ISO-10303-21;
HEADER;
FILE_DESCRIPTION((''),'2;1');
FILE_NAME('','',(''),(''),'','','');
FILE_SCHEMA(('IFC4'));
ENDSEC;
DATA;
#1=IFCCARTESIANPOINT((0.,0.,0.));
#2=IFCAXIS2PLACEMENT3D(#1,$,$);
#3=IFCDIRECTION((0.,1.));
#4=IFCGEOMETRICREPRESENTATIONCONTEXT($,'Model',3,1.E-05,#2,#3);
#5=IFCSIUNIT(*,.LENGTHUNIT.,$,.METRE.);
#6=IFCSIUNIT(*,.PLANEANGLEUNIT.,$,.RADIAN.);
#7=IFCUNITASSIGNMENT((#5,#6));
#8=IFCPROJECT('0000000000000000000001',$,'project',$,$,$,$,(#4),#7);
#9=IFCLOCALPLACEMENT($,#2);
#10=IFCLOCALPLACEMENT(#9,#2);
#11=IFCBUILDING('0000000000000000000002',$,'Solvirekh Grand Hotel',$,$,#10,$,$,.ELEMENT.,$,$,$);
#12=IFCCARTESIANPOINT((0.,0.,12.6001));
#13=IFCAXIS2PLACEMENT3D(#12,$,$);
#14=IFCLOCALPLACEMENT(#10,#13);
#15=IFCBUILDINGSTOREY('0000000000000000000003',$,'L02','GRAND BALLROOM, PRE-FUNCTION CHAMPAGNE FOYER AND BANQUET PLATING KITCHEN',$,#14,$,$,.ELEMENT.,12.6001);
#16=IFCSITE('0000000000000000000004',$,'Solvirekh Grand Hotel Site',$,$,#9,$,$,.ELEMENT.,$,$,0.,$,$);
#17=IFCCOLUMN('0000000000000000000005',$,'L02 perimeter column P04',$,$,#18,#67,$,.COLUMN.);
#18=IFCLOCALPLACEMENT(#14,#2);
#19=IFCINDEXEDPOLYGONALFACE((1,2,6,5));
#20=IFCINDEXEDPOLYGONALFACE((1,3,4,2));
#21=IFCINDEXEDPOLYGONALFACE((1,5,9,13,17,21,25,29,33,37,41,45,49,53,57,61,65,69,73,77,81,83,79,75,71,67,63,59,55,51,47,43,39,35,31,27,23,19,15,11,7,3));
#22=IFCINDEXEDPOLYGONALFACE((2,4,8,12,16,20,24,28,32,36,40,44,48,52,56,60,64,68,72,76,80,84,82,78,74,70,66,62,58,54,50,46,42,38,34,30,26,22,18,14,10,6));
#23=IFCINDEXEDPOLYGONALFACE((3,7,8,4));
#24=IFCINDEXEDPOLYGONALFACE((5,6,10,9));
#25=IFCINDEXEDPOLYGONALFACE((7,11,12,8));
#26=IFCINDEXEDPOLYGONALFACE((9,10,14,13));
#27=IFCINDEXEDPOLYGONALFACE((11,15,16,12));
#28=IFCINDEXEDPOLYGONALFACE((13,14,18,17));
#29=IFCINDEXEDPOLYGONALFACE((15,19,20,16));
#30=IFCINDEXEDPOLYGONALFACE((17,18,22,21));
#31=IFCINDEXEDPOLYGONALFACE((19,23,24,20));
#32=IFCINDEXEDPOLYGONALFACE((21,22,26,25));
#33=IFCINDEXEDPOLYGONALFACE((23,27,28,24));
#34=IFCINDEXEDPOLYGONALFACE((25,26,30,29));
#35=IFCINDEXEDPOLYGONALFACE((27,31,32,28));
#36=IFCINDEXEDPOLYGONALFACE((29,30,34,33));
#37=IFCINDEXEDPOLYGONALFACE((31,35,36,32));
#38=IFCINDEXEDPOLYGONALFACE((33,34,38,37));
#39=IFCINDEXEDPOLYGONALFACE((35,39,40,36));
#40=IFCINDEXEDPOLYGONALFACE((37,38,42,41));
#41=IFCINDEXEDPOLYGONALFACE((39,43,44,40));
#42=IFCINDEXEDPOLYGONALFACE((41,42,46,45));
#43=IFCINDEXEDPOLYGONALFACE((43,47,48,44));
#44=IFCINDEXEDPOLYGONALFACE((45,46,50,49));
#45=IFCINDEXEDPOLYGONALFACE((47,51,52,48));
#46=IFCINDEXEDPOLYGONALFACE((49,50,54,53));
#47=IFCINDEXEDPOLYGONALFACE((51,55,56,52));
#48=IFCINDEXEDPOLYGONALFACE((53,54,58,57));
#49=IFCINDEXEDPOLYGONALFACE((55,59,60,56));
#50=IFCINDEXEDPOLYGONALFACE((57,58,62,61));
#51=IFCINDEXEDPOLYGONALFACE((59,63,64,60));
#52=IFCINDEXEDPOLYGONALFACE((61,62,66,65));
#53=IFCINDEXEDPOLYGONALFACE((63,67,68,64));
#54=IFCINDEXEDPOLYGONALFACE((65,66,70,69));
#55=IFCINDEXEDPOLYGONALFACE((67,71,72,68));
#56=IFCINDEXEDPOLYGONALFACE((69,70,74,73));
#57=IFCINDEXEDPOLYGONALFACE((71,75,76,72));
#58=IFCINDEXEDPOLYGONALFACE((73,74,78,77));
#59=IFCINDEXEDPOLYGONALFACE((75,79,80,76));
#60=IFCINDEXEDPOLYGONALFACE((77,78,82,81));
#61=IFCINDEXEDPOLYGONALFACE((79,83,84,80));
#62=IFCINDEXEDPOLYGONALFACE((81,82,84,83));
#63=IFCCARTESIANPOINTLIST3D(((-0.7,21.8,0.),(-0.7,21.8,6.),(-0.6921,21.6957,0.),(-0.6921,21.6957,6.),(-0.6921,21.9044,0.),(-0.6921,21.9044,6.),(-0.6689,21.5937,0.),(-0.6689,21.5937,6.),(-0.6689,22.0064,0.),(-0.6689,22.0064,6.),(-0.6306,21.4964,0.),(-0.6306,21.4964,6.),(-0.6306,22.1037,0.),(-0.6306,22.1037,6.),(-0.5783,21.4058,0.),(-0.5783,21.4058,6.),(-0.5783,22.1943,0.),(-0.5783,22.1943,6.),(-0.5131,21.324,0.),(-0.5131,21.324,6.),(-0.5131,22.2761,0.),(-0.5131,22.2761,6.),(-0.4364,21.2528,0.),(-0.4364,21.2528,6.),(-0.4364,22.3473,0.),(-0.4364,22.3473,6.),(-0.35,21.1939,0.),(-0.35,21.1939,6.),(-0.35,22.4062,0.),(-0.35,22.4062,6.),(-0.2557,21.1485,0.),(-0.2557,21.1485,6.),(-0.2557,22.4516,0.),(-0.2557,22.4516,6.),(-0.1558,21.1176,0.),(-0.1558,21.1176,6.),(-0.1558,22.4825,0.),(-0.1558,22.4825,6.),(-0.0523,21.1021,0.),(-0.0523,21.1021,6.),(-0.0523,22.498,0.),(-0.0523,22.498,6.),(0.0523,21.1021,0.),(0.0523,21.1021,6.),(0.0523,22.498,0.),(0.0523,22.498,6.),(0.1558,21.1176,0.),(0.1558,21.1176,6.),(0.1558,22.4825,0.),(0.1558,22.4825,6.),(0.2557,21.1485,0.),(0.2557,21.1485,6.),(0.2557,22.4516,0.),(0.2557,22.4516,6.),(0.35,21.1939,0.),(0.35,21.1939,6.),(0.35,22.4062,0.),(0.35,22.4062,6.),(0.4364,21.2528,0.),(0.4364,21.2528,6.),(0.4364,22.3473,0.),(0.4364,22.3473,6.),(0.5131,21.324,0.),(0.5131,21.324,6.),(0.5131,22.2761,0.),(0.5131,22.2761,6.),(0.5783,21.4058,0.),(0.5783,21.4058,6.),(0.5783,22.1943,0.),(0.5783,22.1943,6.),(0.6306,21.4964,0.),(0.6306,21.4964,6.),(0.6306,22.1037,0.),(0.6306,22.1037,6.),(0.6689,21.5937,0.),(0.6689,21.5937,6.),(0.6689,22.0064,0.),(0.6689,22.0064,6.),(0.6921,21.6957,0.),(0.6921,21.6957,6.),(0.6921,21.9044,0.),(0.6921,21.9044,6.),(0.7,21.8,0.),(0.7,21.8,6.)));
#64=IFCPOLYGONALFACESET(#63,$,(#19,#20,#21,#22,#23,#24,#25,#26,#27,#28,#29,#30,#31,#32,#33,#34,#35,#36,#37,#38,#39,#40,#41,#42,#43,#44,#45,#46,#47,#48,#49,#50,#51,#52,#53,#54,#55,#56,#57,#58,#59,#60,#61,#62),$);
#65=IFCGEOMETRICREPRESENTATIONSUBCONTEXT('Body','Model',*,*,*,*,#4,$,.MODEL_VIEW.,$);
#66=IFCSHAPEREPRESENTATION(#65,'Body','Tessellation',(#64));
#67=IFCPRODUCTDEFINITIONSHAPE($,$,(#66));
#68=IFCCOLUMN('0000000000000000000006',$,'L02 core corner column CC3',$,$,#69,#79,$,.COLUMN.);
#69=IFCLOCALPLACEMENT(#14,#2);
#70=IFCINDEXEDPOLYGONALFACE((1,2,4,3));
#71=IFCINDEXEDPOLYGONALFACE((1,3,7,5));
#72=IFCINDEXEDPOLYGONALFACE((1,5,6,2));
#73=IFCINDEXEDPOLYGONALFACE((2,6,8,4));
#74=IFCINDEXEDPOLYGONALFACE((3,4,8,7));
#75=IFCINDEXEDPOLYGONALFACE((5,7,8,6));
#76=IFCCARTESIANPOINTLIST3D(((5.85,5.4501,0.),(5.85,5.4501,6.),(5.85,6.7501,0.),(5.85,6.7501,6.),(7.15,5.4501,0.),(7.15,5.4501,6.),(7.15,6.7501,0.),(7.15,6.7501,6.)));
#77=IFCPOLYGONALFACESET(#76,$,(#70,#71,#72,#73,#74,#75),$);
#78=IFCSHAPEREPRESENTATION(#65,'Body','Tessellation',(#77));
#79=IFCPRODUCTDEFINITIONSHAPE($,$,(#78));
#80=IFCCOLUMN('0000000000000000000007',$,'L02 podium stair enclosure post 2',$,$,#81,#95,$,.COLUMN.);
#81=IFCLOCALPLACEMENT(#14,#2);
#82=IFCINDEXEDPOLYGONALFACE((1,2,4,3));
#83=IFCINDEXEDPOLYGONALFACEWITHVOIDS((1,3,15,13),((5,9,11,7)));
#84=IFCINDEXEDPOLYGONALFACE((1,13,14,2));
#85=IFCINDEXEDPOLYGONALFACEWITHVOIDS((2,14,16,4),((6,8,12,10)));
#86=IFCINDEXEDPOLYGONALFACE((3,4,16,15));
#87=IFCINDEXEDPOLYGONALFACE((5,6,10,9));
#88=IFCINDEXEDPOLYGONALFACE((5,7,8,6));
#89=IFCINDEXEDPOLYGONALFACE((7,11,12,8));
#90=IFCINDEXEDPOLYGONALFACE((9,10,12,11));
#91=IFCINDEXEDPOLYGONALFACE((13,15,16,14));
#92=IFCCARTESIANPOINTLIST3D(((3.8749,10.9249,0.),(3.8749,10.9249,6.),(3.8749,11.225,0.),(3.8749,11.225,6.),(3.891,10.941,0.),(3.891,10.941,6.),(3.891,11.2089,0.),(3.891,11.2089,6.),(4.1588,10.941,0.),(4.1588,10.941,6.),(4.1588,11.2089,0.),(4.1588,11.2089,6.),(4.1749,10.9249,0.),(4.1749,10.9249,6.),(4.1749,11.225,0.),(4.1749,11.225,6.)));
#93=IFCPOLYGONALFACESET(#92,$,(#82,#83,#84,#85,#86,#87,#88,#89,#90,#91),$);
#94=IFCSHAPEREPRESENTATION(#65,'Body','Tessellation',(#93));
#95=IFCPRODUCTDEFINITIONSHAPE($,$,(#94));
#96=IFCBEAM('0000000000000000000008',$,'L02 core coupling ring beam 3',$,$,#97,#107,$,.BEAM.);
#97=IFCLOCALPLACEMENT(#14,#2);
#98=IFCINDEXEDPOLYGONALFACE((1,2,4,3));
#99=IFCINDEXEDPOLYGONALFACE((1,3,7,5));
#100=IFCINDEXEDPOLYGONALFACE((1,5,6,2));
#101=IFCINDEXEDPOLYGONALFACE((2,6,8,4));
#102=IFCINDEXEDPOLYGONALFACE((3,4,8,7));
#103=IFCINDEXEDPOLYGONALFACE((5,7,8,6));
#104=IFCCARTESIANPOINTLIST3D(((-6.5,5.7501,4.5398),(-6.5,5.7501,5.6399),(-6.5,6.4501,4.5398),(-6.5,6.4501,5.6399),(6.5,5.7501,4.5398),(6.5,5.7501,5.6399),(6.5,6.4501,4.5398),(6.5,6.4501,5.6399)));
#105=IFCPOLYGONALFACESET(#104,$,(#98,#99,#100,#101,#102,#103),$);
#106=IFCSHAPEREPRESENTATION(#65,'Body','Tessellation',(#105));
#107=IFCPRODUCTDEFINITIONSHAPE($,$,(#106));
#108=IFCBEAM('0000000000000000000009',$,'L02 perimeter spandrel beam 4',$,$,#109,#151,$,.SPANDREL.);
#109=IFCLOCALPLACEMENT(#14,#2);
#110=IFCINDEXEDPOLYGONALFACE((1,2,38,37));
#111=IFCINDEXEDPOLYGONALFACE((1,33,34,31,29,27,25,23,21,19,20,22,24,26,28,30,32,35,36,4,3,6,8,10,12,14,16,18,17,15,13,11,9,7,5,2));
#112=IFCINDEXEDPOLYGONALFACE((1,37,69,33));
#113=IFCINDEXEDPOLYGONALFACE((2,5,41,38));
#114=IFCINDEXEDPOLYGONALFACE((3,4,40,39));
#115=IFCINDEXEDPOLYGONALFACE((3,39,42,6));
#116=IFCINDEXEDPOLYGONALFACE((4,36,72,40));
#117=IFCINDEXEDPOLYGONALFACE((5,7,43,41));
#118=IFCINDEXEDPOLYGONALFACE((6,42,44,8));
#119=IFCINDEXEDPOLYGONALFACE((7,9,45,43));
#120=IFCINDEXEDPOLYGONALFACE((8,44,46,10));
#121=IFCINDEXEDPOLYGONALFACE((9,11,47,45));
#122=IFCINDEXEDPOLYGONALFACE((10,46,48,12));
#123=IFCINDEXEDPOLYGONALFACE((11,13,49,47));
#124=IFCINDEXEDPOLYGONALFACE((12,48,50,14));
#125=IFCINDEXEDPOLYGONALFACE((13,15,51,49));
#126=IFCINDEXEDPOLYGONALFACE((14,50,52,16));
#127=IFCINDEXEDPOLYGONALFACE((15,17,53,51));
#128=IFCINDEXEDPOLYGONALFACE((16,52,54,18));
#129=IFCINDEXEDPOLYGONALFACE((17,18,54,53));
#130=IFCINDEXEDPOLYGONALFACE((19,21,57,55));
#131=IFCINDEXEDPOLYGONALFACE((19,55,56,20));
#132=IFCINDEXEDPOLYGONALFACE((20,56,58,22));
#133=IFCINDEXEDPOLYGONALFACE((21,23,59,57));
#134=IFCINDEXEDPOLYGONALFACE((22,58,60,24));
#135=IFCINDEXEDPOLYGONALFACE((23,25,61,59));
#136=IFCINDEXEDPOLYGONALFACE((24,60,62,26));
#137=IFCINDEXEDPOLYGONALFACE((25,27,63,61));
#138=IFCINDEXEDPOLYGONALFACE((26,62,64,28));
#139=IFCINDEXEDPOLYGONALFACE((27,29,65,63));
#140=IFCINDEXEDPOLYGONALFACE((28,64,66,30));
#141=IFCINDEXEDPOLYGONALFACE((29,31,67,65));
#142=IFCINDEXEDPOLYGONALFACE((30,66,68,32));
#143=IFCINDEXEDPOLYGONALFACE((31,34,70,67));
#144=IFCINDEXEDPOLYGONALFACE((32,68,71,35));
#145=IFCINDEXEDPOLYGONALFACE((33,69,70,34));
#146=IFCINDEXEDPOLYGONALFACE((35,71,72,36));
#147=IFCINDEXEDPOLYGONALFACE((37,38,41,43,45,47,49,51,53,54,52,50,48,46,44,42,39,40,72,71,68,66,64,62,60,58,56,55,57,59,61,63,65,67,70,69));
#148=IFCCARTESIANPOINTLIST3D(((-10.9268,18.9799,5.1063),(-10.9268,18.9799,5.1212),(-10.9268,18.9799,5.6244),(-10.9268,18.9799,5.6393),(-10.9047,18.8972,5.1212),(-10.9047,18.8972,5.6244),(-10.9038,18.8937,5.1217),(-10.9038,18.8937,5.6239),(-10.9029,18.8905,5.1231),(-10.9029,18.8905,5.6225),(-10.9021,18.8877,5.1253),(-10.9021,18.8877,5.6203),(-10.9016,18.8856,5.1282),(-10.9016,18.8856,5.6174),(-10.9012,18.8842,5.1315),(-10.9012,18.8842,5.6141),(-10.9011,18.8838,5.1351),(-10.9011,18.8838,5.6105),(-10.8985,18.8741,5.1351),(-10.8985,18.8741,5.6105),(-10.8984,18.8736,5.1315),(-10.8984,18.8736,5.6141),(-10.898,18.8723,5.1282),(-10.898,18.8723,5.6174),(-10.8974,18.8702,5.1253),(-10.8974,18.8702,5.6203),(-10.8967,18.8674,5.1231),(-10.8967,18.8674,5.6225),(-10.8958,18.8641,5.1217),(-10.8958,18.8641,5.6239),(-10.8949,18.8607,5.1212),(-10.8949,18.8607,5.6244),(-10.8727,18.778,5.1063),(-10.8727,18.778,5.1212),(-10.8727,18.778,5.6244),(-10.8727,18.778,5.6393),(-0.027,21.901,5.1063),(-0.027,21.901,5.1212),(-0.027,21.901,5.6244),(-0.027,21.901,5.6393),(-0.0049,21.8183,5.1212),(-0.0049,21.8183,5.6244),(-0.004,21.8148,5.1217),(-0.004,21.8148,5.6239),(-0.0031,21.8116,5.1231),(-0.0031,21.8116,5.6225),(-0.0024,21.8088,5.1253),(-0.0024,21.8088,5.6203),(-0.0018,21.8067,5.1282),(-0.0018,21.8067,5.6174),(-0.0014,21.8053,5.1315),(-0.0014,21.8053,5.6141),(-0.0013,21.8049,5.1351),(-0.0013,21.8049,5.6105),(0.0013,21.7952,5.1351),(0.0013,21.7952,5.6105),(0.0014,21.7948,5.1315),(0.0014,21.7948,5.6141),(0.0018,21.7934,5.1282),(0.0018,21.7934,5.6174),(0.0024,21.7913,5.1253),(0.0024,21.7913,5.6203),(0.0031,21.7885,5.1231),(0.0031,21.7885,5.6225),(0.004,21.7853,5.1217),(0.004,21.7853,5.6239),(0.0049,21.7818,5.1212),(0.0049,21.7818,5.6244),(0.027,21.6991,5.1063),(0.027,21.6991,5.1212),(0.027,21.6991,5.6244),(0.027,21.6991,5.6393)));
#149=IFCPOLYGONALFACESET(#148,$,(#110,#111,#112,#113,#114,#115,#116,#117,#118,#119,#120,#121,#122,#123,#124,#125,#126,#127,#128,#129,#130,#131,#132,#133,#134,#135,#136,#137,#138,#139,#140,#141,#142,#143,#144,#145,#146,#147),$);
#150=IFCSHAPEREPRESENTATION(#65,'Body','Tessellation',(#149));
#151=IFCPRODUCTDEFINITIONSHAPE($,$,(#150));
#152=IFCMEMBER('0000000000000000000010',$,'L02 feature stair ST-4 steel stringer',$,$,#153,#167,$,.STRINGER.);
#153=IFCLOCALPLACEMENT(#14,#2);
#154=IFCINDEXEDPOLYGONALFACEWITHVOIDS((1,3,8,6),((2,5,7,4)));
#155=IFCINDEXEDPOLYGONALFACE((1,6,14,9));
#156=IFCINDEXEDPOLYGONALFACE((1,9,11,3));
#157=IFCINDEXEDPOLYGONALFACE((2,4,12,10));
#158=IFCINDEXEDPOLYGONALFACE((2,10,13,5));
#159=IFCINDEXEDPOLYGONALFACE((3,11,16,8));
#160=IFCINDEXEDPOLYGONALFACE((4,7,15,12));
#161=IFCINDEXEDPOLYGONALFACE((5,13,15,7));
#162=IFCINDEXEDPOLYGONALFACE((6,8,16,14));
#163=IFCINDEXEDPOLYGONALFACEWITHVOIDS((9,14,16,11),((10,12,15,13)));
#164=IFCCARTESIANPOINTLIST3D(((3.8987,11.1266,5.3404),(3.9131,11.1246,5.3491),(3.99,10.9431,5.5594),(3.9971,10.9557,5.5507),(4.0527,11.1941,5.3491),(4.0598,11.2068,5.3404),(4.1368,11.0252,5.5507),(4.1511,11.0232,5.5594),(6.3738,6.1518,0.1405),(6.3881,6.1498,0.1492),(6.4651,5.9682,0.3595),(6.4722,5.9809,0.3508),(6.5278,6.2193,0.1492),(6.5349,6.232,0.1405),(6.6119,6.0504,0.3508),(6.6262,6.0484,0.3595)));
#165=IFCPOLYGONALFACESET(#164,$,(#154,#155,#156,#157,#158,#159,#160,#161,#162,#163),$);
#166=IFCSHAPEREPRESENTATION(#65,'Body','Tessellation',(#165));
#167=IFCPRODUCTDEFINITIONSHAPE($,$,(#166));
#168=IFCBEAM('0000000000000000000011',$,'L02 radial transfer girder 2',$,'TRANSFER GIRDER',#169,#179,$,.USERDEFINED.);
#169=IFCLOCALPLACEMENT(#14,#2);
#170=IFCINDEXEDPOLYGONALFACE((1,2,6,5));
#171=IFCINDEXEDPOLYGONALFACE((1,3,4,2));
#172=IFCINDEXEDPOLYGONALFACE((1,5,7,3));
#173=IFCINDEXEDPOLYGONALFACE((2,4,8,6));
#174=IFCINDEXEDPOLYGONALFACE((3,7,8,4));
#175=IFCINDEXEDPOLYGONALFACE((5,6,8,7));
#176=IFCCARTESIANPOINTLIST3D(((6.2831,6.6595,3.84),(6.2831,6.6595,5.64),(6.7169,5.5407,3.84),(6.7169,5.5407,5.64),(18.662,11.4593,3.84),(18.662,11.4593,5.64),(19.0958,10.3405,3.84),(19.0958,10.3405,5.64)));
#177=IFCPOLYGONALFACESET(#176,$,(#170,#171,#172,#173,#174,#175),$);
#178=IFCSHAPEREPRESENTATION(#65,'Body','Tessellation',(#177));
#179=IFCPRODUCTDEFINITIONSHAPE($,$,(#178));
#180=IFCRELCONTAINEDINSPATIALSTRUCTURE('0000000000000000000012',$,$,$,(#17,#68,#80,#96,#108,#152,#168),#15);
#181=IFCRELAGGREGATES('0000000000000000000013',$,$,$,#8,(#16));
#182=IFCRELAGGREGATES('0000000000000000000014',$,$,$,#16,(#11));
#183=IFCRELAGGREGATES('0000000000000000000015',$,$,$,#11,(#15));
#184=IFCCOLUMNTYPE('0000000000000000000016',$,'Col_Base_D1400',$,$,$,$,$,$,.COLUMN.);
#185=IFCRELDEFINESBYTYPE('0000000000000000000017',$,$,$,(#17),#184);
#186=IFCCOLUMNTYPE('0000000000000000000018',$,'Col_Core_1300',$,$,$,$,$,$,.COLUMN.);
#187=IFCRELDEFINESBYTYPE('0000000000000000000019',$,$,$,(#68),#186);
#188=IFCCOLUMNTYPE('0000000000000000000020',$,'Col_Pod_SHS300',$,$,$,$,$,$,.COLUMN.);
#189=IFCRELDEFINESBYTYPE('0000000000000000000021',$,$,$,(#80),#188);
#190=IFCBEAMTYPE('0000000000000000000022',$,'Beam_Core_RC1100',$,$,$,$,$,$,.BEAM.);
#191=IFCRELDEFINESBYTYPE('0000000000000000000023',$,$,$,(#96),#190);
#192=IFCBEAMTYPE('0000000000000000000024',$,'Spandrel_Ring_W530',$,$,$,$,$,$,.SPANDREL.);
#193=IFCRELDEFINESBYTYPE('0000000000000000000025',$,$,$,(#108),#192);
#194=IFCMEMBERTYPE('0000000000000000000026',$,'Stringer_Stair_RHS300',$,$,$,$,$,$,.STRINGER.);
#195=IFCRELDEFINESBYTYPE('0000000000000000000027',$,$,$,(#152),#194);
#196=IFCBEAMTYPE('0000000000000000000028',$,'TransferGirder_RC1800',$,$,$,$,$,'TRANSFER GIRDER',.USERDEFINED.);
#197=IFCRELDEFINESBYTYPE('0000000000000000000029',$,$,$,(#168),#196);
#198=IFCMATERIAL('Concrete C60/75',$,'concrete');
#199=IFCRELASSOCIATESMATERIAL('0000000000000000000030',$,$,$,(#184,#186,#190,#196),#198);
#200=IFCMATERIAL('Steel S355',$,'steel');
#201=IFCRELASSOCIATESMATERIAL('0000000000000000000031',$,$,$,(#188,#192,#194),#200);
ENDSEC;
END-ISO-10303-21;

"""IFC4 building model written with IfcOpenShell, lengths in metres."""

from ifc_helpers import new_model, si_unit, direction, frame, origin, origin_2d, place, context, subcontext, project, spatial, rectangle, hollow_rectangle, circle, i_section, extrude, material, material_profile, profile_set, type_object, element, save


model = new_model("IFC4")

# Units and contexts
model_context = context("Model", 3, precision=1e-05, world=origin(), true_north=direction((0.0, 1.0)))
body_context = subcontext(model_context, "Body", "Model", "MODEL_VIEW")
ifc_project = project(units=[si_unit("LENGTHUNIT", "METRE"), si_unit("PLANEANGLEUNIT", "RADIAN")], contexts=[model_context])

# Site, building, storey
site_placement = place(None, origin())
site = spatial("IfcSite", under=ifc_project, at=site_placement, Name="Solvirekh Grand Hotel Site", CompositionType="ELEMENT", RefElevation=0.0)
building_placement = place(site_placement, origin())
building = spatial("IfcBuilding", under=site, at=building_placement, Name="Solvirekh Grand Hotel", CompositionType="ELEMENT")
storey_placement = place(building_placement, frame((0.0, 0.0, 12.6001)))
storey = spatial("IfcBuildingStorey", under=building, at=storey_placement, Name="L02", Description="GRAND BALLROOM, PRE-FUNCTION CHAMPAGNE FOYER AND BANQUET PLATING KITCHEN", CompositionType="ELEMENT", Elevation=12.6001)

# Columns
ifc_material_1 = material(Name="Concrete C60/75", Category="concrete")
ifc_material_profile_1 = material_profile(ifc_material_1, circle(Radius=0.7, at=origin_2d()), Name="RC CIRC D1400")
ifc_profile_set_1 = profile_set([ifc_material_profile_1], Name="Concrete C60/75")
column_type_1 = type_object("IfcColumnType", Name="Col_Base_D1400", PredefinedType="COLUMN", material=ifc_profile_set_1)
column_1_placement = place(storey_placement, frame((0.0, 21.8, 0.0), z_axis=(0.0, 0.0, 1.0), x_axis=(1.0, 0.0, 0.0)))
element("IfcColumn", 1, at=column_1_placement, inside=storey, type_object=column_type_1, Name="L02 perimeter column P04", PredefinedType="COLUMN", context=body_context, shape_type="SweptSolid", body=[
    extrude(circle(Radius=0.7, at=origin_2d()), origin(), (0.0, 0.0, 1.0), 6.0),
])
ifc_material_profile_2 = material_profile(ifc_material_1, rectangle(XDim=1.3, YDim=1.3, at=origin_2d()), Name="RC 1300X1300")
ifc_profile_set_2 = profile_set([ifc_material_profile_2], Name="Concrete C60/75")
column_type_2 = type_object("IfcColumnType", Name="Col_Core_1300", PredefinedType="COLUMN", material=ifc_profile_set_2)
column_2_placement = place(storey_placement, frame((6.5, 6.1001, 0.0), z_axis=(0.0, 0.0, 1.0), x_axis=(1.0, 0.0, 0.0)))
element("IfcColumn", 2, at=column_2_placement, inside=storey, type_object=column_type_2, Name="L02 core corner column CC3", PredefinedType="COLUMN", context=body_context, shape_type="SweptSolid", body=[
    extrude(rectangle(XDim=1.3, YDim=1.3, at=origin_2d()), origin(), (0.0, 0.0, 1.0), 6.0),
])
ifc_material_2 = material(Name="Steel S355", Category="steel")
ifc_material_profile_3 = material_profile(ifc_material_2, hollow_rectangle(XDim=0.3, YDim=0.3, WallThickness=0.0161, at=origin_2d()), Name="SHS 300X300X16")
ifc_profile_set_3 = profile_set([ifc_material_profile_3], Name="Steel S355")
column_type_3 = type_object("IfcColumnType", Name="Col_Pod_SHS300", PredefinedType="COLUMN", material=ifc_profile_set_3)
column_3_placement = place(storey_placement, frame((4.0249, 11.075, 0.0), z_axis=(0.0, 0.0, 1.0), x_axis=(1.0, 0.0, 0.0)))
element("IfcColumn", 3, at=column_3_placement, inside=storey, type_object=column_type_3, Name="L02 podium stair enclosure post 2", PredefinedType="COLUMN", context=body_context, shape_type="SweptSolid", body=[
    extrude(hollow_rectangle(XDim=0.3, YDim=0.3, WallThickness=0.0161, at=origin_2d()), origin(), (0.0, 0.0, 1.0), 6.0),
])

# Beams
ifc_material_profile_4 = material_profile(ifc_material_1, rectangle(XDim=0.7, YDim=1.1001, at=origin_2d()), Name="RC BEAM 700X1100")
ifc_profile_set_4 = profile_set([ifc_material_profile_4], Name="Concrete C60/75")
beam_type_1 = type_object("IfcBeamType", Name="Beam_Core_RC1100", PredefinedType="BEAM", material=ifc_profile_set_4)
beam_1_placement = place(storey_placement, frame((6.5, 6.1001, 5.0898), z_axis=(-1.0, 0.0, 0.0), x_axis=(0.0, -1.0, 0.0)))
element("IfcBeam", 4, at=beam_1_placement, inside=storey, type_object=beam_type_1, Name="L02 core coupling ring beam 3", PredefinedType="BEAM", context=body_context, shape_type="SweptSolid", body=[
    extrude(rectangle(XDim=0.7, YDim=1.1001, at=origin_2d()), origin(), (0.0, 0.0, 1.0), 13.0),
])
ifc_material_profile_5 = material_profile(ifc_material_2, i_section(OverallWidth=0.209, OverallDepth=0.533, WebThickness=0.01, FlangeThickness=0.0149, FilletRadius=0.0139, at=origin_2d()), Name="W530X92")
ifc_profile_set_5 = profile_set([ifc_material_profile_5], Name="Steel S355")
beam_type_2 = type_object("IfcBeamType", Name="Spandrel_Ring_W530", PredefinedType="SPANDREL", material=ifc_profile_set_5)
beam_2_placement = place(storey_placement, frame((0.0, 21.8, 5.3728), z_axis=(-0.965914, -0.258862, 0.0), x_axis=(0.258862, -0.965914, 0.0)))
element("IfcBeam", 5, at=beam_2_placement, inside=storey, type_object=beam_type_2, Name="L02 perimeter spandrel beam 4", PredefinedType="SPANDREL", context=body_context, shape_type="SweptSolid", body=[
    extrude(i_section(OverallWidth=0.209, OverallDepth=0.533, WebThickness=0.01, FlangeThickness=0.0149, FilletRadius=0.0139, at=origin_2d()), origin(), (0.0, 0.0, 1.0), 11.2844),
])

# Member
ifc_material_profile_6 = material_profile(ifc_material_2, hollow_rectangle(XDim=0.1799, YDim=0.3, WallThickness=0.012, at=origin_2d()), Name="RHS 300X180X12")
ifc_profile_set_6 = profile_set([ifc_material_profile_6], Name="Steel S355")
member_type_1 = type_object("IfcMemberType", Name="Stringer_Stair_RHS300", PredefinedType="STRINGER", material=ifc_profile_set_6)
member_1_placement = place(storey_placement, frame((6.5, 6.1001, 0.25), z_axis=(-0.325235, 0.653711, 0.683289), x_axis=(-0.895313, -0.445438, 0.0)))
element("IfcMember", 6, at=member_1_placement, inside=storey, type_object=member_type_1, Name="L02 feature stair ST-4 steel stringer", PredefinedType="STRINGER", context=body_context, shape_type="SweptSolid", body=[
    extrude(hollow_rectangle(XDim=0.1799, YDim=0.3, WallThickness=0.012, at=origin_2d()), origin(), (0.0, 0.0, 1.0), 7.6101),
])

# Beam
ifc_material_profile_7 = material_profile(ifc_material_1, rectangle(XDim=1.2, YDim=1.8, at=origin_2d()), Name="RC GIRDER 1200X1800")
ifc_profile_set_7 = profile_set([ifc_material_profile_7], Name="Concrete C60/75")
beam_type_3 = type_object("IfcBeamType", Name="TransferGirder_RC1800", ElementType="TRANSFER GIRDER", PredefinedType="USERDEFINED", material=ifc_profile_set_7)
beam_3_placement = place(storey_placement, frame((6.5, 6.1001, 4.74), z_axis=(0.932366, 0.361516, 0.0), x_axis=(-0.361516, 0.932366, 0.0)))
element("IfcBeam", 7, at=beam_3_placement, inside=storey, type_object=beam_type_3, Name="L02 radial transfer girder 2", ObjectType="TRANSFER GIRDER", PredefinedType="USERDEFINED", context=body_context, shape_type="SweptSolid", body=[
    extrude(rectangle(XDim=1.2, YDim=1.8, at=origin_2d()), origin(), (0.0, 0.0, 1.0), 13.2769),
])

save(model, "model.ifc")
